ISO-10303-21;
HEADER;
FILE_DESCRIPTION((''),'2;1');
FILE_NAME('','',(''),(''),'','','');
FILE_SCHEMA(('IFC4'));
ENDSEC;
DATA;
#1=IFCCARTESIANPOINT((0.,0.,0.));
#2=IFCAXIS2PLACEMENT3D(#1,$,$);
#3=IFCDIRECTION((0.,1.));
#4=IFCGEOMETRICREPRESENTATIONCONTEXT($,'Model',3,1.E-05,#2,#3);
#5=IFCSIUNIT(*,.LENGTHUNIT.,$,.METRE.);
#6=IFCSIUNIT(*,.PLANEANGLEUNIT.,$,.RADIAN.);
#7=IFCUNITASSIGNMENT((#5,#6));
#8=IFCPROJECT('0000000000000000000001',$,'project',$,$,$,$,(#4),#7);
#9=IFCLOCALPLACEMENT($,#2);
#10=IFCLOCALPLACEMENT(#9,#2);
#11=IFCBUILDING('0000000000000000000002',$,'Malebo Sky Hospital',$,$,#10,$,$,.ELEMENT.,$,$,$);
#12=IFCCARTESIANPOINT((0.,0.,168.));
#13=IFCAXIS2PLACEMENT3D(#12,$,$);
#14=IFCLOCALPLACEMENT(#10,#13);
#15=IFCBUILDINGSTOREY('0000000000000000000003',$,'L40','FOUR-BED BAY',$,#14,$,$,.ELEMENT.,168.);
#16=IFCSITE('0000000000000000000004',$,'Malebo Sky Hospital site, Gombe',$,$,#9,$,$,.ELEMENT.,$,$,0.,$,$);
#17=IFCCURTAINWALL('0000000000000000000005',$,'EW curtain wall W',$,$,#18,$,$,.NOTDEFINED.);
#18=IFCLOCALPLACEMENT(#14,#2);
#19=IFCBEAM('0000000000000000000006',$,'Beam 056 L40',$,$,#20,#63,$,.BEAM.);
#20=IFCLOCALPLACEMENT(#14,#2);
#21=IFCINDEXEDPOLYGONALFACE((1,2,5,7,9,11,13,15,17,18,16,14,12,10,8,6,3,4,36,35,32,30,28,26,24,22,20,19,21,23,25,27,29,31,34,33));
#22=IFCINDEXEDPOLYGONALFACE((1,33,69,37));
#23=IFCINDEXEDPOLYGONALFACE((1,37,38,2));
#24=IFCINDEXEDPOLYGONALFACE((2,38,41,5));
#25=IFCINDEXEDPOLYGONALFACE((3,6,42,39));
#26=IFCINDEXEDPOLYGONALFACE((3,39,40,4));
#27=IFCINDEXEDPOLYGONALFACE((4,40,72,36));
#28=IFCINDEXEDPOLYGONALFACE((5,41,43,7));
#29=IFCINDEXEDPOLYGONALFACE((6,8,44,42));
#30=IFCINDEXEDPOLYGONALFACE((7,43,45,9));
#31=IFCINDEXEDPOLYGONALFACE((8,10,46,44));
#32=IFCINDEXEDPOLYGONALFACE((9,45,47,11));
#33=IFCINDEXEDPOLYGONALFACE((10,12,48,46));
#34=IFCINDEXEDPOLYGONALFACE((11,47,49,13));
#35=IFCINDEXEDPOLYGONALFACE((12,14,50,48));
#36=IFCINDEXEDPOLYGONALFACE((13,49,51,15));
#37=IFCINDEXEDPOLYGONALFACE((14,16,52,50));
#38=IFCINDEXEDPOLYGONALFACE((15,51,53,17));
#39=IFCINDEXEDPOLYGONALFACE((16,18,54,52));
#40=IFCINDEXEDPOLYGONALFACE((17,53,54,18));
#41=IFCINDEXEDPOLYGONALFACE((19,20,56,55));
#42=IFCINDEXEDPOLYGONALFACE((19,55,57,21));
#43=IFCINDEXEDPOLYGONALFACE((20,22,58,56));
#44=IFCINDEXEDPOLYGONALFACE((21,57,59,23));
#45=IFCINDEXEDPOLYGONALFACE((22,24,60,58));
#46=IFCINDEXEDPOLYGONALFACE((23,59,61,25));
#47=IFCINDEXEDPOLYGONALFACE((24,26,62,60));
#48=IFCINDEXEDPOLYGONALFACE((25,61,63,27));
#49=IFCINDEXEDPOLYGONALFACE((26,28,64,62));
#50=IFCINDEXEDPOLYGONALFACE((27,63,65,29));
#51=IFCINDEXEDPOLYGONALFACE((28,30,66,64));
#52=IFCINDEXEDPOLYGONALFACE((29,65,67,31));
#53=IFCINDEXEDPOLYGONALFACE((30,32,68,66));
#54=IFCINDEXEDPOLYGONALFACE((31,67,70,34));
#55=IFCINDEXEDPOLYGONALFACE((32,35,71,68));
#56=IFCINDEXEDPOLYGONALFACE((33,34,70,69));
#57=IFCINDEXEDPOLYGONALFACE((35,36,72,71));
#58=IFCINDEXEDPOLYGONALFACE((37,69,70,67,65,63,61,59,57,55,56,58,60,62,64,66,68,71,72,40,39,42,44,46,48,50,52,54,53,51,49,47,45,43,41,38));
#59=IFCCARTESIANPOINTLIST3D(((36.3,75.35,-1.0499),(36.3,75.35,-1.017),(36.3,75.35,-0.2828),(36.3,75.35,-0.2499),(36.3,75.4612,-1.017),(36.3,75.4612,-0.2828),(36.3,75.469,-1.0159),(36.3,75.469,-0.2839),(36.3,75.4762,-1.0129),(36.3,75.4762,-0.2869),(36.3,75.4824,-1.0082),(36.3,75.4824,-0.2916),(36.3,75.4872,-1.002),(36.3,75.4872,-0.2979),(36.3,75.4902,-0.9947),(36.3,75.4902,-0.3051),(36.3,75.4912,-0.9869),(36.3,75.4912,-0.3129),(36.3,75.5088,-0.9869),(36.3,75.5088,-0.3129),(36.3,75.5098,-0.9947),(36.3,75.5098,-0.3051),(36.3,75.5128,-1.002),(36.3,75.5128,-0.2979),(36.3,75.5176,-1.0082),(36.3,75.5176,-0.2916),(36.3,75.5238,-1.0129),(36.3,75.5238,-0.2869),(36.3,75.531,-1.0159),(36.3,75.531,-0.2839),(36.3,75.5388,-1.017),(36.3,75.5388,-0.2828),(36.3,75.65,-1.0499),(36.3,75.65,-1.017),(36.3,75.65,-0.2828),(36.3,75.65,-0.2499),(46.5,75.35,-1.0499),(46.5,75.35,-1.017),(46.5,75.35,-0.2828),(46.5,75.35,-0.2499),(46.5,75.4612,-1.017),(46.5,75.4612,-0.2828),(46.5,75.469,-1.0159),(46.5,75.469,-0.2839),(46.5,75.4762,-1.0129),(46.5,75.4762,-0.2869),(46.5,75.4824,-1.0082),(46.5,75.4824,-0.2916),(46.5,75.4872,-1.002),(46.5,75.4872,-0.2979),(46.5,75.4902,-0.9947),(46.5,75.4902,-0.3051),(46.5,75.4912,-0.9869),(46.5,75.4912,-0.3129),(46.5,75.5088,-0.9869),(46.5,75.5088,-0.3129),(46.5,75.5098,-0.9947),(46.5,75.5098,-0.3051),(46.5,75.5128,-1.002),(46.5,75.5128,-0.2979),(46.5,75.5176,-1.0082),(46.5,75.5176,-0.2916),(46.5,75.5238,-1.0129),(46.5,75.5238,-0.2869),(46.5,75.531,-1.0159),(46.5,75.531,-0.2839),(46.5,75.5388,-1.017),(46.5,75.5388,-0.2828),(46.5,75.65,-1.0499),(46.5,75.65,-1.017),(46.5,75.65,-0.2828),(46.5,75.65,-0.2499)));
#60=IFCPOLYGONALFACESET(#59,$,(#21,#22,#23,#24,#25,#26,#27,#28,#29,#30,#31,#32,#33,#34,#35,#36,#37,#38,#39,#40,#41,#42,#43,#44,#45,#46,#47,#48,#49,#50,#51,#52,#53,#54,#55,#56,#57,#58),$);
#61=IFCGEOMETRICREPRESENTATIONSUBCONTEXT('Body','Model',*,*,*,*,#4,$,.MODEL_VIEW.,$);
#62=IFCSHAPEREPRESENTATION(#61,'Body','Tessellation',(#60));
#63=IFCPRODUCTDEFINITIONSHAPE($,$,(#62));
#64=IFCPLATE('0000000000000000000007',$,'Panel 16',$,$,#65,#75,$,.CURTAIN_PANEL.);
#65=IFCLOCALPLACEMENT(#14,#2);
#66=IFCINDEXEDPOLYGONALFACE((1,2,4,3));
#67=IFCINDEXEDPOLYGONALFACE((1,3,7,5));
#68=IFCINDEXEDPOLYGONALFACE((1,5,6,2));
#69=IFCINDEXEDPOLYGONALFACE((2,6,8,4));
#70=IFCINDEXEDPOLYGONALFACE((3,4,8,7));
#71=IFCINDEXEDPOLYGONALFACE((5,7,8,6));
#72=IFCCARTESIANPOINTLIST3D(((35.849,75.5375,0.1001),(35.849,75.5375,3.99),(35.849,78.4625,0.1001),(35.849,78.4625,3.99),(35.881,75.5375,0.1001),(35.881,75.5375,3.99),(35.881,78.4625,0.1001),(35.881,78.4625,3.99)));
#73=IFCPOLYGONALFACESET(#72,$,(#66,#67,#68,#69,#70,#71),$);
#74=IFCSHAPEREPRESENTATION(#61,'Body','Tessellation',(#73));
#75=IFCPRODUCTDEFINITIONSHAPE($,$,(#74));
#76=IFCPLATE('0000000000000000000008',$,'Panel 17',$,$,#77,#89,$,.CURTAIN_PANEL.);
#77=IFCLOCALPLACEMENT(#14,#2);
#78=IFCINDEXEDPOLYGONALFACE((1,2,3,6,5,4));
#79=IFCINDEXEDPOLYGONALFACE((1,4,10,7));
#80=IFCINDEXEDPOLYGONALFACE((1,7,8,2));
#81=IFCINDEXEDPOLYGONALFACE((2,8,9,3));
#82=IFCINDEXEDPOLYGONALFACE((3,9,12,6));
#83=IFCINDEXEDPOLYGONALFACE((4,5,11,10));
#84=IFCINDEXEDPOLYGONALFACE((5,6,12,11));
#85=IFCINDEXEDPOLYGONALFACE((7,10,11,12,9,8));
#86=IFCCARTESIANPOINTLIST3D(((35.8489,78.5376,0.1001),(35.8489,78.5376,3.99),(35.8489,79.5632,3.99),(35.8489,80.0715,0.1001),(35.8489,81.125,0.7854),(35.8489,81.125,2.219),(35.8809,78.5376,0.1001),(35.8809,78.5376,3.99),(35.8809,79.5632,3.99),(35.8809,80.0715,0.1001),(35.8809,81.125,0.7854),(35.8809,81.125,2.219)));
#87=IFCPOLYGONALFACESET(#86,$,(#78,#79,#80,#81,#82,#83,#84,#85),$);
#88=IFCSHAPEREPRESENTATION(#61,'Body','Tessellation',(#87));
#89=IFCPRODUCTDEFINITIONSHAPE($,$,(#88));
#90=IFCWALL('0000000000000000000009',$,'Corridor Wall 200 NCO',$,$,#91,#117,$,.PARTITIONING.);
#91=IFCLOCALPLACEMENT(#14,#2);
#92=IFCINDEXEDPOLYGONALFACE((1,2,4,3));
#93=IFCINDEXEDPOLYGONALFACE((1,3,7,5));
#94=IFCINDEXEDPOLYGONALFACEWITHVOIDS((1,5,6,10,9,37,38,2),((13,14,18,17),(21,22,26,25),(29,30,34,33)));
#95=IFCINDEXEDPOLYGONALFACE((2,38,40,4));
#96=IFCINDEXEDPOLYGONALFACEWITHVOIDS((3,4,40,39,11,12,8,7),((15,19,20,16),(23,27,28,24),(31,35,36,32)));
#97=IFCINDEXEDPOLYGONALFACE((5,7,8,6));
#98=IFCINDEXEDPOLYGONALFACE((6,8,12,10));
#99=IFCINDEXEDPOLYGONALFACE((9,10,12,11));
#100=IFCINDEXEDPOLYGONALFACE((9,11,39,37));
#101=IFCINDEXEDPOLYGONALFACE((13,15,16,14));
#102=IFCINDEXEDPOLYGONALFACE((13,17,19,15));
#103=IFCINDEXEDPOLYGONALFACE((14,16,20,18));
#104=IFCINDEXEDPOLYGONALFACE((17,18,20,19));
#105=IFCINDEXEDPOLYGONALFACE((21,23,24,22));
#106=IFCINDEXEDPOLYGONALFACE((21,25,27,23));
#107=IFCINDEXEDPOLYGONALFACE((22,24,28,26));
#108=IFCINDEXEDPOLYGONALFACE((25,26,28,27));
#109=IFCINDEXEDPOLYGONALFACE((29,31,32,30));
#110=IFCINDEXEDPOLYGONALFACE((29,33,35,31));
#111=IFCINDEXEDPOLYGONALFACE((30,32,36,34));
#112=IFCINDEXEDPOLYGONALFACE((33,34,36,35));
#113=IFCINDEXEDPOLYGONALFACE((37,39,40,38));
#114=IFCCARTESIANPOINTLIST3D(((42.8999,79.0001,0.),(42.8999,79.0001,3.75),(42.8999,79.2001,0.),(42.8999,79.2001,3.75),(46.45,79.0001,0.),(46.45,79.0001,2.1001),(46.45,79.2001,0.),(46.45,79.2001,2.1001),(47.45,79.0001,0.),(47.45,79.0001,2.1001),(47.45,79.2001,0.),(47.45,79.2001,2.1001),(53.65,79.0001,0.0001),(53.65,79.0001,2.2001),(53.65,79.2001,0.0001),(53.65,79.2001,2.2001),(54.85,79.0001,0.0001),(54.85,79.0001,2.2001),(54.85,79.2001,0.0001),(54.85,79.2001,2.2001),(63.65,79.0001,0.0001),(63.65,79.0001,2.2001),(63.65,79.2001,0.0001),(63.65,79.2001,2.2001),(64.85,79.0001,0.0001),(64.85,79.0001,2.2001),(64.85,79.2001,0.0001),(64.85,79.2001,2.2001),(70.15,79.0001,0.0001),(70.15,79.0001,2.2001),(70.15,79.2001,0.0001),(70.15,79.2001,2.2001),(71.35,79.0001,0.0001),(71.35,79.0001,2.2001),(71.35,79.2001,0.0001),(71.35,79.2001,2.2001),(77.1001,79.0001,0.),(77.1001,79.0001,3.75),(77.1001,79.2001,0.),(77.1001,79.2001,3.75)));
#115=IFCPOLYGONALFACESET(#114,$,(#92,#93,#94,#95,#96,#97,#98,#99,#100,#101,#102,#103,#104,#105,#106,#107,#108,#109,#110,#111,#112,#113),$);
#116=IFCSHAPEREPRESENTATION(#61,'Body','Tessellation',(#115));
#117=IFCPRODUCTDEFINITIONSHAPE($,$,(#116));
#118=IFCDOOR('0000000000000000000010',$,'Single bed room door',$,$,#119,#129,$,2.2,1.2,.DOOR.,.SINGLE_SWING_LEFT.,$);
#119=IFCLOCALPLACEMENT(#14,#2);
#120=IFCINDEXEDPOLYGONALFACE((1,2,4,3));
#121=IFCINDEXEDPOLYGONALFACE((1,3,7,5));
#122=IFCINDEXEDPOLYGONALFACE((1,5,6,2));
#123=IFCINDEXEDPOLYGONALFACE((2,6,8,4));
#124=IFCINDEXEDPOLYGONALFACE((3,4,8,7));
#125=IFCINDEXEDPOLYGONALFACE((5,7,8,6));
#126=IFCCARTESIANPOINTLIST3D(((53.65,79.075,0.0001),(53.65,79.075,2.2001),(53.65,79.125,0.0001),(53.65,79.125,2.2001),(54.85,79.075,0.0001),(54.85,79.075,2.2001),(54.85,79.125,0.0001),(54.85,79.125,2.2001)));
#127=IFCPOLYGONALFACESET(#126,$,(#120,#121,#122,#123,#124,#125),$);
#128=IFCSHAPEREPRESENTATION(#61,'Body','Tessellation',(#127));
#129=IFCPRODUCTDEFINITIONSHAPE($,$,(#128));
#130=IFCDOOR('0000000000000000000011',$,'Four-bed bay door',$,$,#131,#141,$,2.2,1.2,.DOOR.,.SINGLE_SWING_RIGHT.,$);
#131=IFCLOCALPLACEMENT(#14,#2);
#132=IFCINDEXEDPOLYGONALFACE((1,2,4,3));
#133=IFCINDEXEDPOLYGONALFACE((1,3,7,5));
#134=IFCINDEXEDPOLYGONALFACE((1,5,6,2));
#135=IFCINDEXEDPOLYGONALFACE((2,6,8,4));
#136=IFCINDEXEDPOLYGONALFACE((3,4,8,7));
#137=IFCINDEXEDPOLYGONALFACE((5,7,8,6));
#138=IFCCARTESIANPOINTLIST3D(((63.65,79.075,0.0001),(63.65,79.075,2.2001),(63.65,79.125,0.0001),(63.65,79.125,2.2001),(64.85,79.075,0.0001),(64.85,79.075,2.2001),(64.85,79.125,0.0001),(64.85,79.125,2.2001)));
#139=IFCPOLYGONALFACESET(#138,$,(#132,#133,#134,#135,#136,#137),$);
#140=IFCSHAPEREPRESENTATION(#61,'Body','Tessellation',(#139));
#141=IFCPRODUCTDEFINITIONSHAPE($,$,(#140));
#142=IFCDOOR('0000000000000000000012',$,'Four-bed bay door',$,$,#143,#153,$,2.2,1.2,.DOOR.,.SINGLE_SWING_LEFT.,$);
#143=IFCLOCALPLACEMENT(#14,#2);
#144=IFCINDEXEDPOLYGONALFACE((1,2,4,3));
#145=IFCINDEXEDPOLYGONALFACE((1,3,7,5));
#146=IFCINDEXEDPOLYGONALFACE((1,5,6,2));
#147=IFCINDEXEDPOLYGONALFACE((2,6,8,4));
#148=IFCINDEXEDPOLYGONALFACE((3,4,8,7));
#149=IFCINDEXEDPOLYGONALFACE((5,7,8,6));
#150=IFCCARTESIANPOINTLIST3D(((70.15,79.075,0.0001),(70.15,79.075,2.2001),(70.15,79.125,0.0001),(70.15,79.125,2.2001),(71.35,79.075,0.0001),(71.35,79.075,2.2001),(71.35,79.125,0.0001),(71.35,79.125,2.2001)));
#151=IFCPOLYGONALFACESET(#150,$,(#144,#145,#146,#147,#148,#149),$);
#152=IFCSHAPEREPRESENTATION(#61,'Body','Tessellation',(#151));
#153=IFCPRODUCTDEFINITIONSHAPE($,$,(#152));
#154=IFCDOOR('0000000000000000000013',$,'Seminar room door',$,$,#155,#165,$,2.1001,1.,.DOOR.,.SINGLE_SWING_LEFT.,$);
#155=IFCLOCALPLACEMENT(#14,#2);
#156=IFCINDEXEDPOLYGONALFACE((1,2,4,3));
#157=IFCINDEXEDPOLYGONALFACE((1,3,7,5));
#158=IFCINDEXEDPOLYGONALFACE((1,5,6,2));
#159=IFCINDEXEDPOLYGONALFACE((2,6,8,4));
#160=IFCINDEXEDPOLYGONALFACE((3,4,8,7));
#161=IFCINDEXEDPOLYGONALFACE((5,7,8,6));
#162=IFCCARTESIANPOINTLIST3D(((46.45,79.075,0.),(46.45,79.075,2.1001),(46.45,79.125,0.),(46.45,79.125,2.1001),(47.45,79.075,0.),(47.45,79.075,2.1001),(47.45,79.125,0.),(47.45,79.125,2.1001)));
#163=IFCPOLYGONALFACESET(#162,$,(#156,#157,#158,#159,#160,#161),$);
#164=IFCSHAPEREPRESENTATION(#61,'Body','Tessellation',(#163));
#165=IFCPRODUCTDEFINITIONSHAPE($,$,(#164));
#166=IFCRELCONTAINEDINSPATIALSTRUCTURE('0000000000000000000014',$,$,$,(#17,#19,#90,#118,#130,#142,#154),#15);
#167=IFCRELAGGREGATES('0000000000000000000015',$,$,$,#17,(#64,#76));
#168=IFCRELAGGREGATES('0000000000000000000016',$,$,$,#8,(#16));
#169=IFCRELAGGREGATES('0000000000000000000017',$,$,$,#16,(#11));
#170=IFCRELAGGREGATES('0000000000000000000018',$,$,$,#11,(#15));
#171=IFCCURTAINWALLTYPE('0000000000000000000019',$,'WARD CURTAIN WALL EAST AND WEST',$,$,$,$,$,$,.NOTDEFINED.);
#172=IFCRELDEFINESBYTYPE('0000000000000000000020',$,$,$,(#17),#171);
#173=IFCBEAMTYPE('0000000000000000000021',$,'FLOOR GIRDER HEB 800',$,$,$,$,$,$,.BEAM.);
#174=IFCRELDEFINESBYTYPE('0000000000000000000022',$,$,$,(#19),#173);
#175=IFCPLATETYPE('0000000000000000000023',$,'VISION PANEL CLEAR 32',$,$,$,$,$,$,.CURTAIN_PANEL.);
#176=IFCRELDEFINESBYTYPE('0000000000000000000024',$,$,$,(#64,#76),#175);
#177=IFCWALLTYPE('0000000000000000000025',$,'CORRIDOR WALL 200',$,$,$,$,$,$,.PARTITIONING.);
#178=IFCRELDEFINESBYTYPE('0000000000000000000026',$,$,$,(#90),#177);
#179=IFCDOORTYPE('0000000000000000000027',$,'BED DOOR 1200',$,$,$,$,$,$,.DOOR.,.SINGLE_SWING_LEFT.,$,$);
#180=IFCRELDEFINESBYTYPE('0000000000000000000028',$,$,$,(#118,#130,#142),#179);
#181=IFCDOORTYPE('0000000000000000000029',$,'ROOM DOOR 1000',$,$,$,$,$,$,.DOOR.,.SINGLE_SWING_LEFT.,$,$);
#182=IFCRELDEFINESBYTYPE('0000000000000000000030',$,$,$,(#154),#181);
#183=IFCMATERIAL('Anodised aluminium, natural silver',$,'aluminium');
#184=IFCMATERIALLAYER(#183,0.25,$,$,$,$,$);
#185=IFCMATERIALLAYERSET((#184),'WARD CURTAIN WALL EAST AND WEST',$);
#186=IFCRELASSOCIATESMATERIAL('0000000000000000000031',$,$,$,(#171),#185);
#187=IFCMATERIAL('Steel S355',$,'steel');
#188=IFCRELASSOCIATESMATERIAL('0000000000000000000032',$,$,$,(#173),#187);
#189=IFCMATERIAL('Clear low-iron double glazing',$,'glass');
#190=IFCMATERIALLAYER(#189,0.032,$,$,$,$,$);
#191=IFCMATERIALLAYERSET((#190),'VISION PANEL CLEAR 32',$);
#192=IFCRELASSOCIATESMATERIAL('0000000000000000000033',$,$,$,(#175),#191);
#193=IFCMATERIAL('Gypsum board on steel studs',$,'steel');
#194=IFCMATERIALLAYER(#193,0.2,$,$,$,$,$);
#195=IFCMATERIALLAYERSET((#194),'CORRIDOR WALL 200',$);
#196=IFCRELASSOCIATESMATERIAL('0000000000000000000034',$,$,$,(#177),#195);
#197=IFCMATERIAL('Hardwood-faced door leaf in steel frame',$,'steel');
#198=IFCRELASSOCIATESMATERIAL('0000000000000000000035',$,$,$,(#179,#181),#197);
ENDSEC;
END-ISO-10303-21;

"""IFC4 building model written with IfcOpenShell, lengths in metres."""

from ifc_helpers import new_model, si_unit, direction, frame, frame_2d, origin, origin_2d, place, context, subcontext, project, spatial, polyline, rectangle, i_section, outline, extrude, material, layer, layer_set, material_profile, profile_set, type_object, element, fill, aggregate, save


model = new_model("IFC4")

# Units and contexts
model_context = context("Model", 3, precision=1e-05, world=origin(), true_north=direction((0.0, 1.0)))
body_context = subcontext(model_context, "Body", "Model", "MODEL_VIEW")
ifc_project = project(units=[si_unit("LENGTHUNIT", "METRE"), si_unit("PLANEANGLEUNIT", "RADIAN")], contexts=[model_context])

# Site, building, storey
site_placement = place(None, origin())
site = spatial("IfcSite", under=ifc_project, at=site_placement, Name="Malebo Sky Hospital site, Gombe", CompositionType="ELEMENT", RefElevation=0.0)
building_placement = place(site_placement, origin())
building = spatial("IfcBuilding", under=site, at=building_placement, Name="Malebo Sky Hospital", CompositionType="ELEMENT")
storey_placement = place(building_placement, frame((0.0, 0.0, 168.0)))
storey = spatial("IfcBuildingStorey", under=building, at=storey_placement, Name="L40", Description="FOUR-BED BAY", CompositionType="ELEMENT", Elevation=168.0)

# Curtain wall
ifc_material_1 = material(Name="Anodised aluminium, natural silver", Category="aluminium")
ifc_layer_1 = layer(ifc_material_1, 0.25)
ifc_layer_set_1 = layer_set([ifc_layer_1], Name="WARD CURTAIN WALL EAST AND WEST")
curtain_wall_type = type_object("IfcCurtainWallType", Name="WARD CURTAIN WALL EAST AND WEST", PredefinedType="NOTDEFINED", material=ifc_layer_set_1)
curtain_wall_placement = place(storey_placement, origin())
curtain_wall = element("IfcCurtainWall", 1, at=curtain_wall_placement, inside=storey, type_object=curtain_wall_type, Name="EW curtain wall W", PredefinedType="NOTDEFINED")

# Shared definitions
ifc_material_2 = material(Name="Steel S355", Category="steel")

# Beam
ifc_material_profile_1 = material_profile(ifc_material_2, i_section(OverallWidth=0.3, OverallDepth=0.8, WebThickness=0.0176, FlangeThickness=0.033, FilletRadius=0.03, at=origin_2d()), Name="HEB 800")
ifc_profile_set_1 = profile_set([ifc_material_profile_1], Name="Steel S355")
beam_type_1 = type_object("IfcBeamType", Name="FLOOR GIRDER HEB 800", PredefinedType="BEAM", material=ifc_profile_set_1)
beam_1_placement = place(storey_placement, frame((36.3, 75.5, -0.6499), z_axis=(1.0, 0.0, 0.0), x_axis=(0.0, 1.0, 0.0)))
element("IfcBeam", 2, at=beam_1_placement, inside=storey, type_object=beam_type_1, Name="Beam 056 L40", PredefinedType="BEAM", context=body_context, shape_type="SweptSolid", body=[
    extrude(i_section(OverallWidth=0.3, OverallDepth=0.8, WebThickness=0.0176, FlangeThickness=0.033, FilletRadius=0.03, at=origin_2d()), origin(), (0.0, 0.0, 1.0), 10.2),
])

# Plates
ifc_material_3 = material(Name="Clear low-iron double glazing", Category="glass")
ifc_layer_2 = layer(ifc_material_3, 0.032)
ifc_layer_set_2 = layer_set([ifc_layer_2], Name="VISION PANEL CLEAR 32")
plate_type = type_object("IfcPlateType", Name="VISION PANEL CLEAR 32", PredefinedType="CURTAIN_PANEL", material=ifc_layer_set_2)
plate_1_placement = place(storey_placement, frame((35.865, 77.0, 0.1001), z_axis=(0.0, 0.0, 1.0), x_axis=(0.0, 1.0, 0.0)))
plate_1 = element("IfcPlate", 3, at=plate_1_placement, type_object=plate_type, Name="Panel 16", PredefinedType="CURTAIN_PANEL", context=body_context, shape_type="SweptSolid", body=[
    extrude(rectangle(XDim=2.925, YDim=0.032, at=origin_2d()), origin(), (0.0, 0.0, 1.0), 3.8899),
])
plate_2_placement = place(storey_placement, frame((35.865, 79.8313, 0.1001), z_axis=(0.0, 0.0, 1.0), x_axis=(0.0, 1.0, 0.0)))
plate_2 = element("IfcPlate", 4, at=plate_2_placement, type_object=plate_type, Name="Panel 17", PredefinedType="CURTAIN_PANEL", context=body_context, shape_type="SweptSolid", body=[
    extrude(outline(polyline([(-1.2937, 0.0), (0.2402, 0.0), (1.2937, 0.6853), (1.2937, 2.1189), (-0.2681, 3.8899), (-1.2937, 3.8899), (-1.2937, 0.0)])), frame((0.0, 0.0161, 0.0), z_axis=(0.0, -1.0, 0.0), x_axis=(1.0, 0.0, 0.0)), (0.0, 0.0, 1.0), 0.032),
])
aggregate(curtain_wall, [plate_1, plate_2])

# Wall, openings, doors
ifc_material_4 = material(Name="Gypsum board on steel studs", Category="steel")
ifc_layer_3 = layer(ifc_material_4, 0.2)
ifc_layer_set_3 = layer_set([ifc_layer_3], Name="CORRIDOR WALL 200")
wall_type_1 = type_object("IfcWallType", Name="CORRIDOR WALL 200", PredefinedType="PARTITIONING", material=ifc_layer_set_3)
wall_1_placement = place(storey_placement, frame((42.8999, 79.1001, 0.0), z_axis=(0.0, 0.0, 1.0), x_axis=(1.0, 0.0, 0.0)))
wall_1 = element("IfcWall", 5, at=wall_1_placement, inside=storey, type_object=wall_type_1, Name="Corridor Wall 200 NCO", PredefinedType="PARTITIONING", context=body_context, shape_type="SweptSolid", body=[
    extrude(rectangle(XDim=34.2002, YDim=0.2, at=frame_2d((17.1001, 0.0))), origin(), (0.0, 0.0, 1.0), 3.75),
])
opening_1_placement = place(wall_1_placement, frame((3.55, 0.0, 0.0)))
opening_1 = element("IfcOpeningElement", 6, at=opening_1_placement, cuts=wall_1, PredefinedType="OPENING", context=body_context, shape_type="SweptSolid", body=[
    extrude(rectangle(XDim=1.0, YDim=2.1001, at=frame_2d((0.5, 1.05))), frame((0.0, 0.1099, 0.0), z_axis=(0.0, -1.0, 0.0), x_axis=(1.0, 0.0, 0.0)), (0.0, 0.0, 1.0), 0.22),
])
opening_2_placement = place(wall_1_placement, frame((10.75, 0.0, 0.0)))
opening_2 = element("IfcOpeningElement", 7, at=opening_2_placement, cuts=wall_1, PredefinedType="OPENING", context=body_context, shape_type="SweptSolid", body=[
    extrude(rectangle(XDim=1.2, YDim=2.2, at=frame_2d((0.6001, 1.1001))), frame((0.0, 0.1099, 0.0), z_axis=(0.0, -1.0, 0.0), x_axis=(1.0, 0.0, 0.0)), (0.0, 0.0, 1.0), 0.22),
])
opening_3_placement = place(wall_1_placement, frame((20.75, 0.0, 0.0)))
opening_3 = element("IfcOpeningElement", 8, at=opening_3_placement, cuts=wall_1, PredefinedType="OPENING", context=body_context, shape_type="SweptSolid", body=[
    extrude(rectangle(XDim=1.2, YDim=2.2, at=frame_2d((0.6001, 1.1001))), frame((0.0, 0.1099, 0.0), z_axis=(0.0, -1.0, 0.0), x_axis=(1.0, 0.0, 0.0)), (0.0, 0.0, 1.0), 0.22),
])
opening_4_placement = place(wall_1_placement, frame((27.25, 0.0, 0.0)))
opening_4 = element("IfcOpeningElement", 9, at=opening_4_placement, cuts=wall_1, PredefinedType="OPENING", context=body_context, shape_type="SweptSolid", body=[
    extrude(rectangle(XDim=1.2, YDim=2.2, at=frame_2d((0.6001, 1.1001))), frame((0.0, 0.1099, 0.0), z_axis=(0.0, -1.0, 0.0), x_axis=(1.0, 0.0, 0.0)), (0.0, 0.0, 1.0), 0.22),
])
ifc_material_5 = material(Name="Hardwood-faced door leaf in steel frame", Category="steel")
door_type_1 = type_object("IfcDoorType", Name="BED DOOR 1200", OperationType="SINGLE_SWING_LEFT", PredefinedType="DOOR", material=ifc_material_5)
door_1_placement = place(opening_2_placement, origin())
door_1 = element("IfcDoor", 10, at=door_1_placement, inside=storey, type_object=door_type_1, Name="Single bed room door", OperationType="SINGLE_SWING_LEFT", OverallHeight=2.2, OverallWidth=1.2, PredefinedType="DOOR", context=body_context, shape_type="SweptSolid", body=[
    extrude(rectangle(XDim=1.2, YDim=2.2, at=frame_2d((0.6001, 1.1001))), frame((0.0, 0.0249, 0.0), z_axis=(0.0, -1.0, 0.0), x_axis=(1.0, 0.0, 0.0)), (0.0, 0.0, 1.0), 0.05),
])
fill(opening_2, door_1)
door_2_placement = place(opening_3_placement, origin())
door_2 = element("IfcDoor", 11, at=door_2_placement, inside=storey, type_object=door_type_1, Name="Four-bed bay door", OperationType="SINGLE_SWING_RIGHT", OverallHeight=2.2, OverallWidth=1.2, PredefinedType="DOOR", context=body_context, shape_type="SweptSolid", body=[
    extrude(rectangle(XDim=1.2, YDim=2.2, at=frame_2d((0.6001, 1.1001))), frame((0.0, 0.0249, 0.0), z_axis=(0.0, -1.0, 0.0), x_axis=(1.0, 0.0, 0.0)), (0.0, 0.0, 1.0), 0.05),
])
fill(opening_3, door_2)
door_3_placement = place(opening_4_placement, origin())
door_3 = element("IfcDoor", 12, at=door_3_placement, inside=storey, type_object=door_type_1, Name="Four-bed bay door", OperationType="SINGLE_SWING_LEFT", OverallHeight=2.2, OverallWidth=1.2, PredefinedType="DOOR", context=body_context, shape_type="SweptSolid", body=[
    extrude(rectangle(XDim=1.2, YDim=2.2, at=frame_2d((0.6001, 1.1001))), frame((0.0, 0.0249, 0.0), z_axis=(0.0, -1.0, 0.0), x_axis=(1.0, 0.0, 0.0)), (0.0, 0.0, 1.0), 0.05),
])
fill(opening_4, door_3)
door_type_2 = type_object("IfcDoorType", Name="ROOM DOOR 1000", OperationType="SINGLE_SWING_LEFT", PredefinedType="DOOR", material=ifc_material_5)
door_4_placement = place(opening_1_placement, origin())
door_4 = element("IfcDoor", 13, at=door_4_placement, inside=storey, type_object=door_type_2, Name="Seminar room door", OperationType="SINGLE_SWING_LEFT", OverallHeight=2.1001, OverallWidth=1.0, PredefinedType="DOOR", context=body_context, shape_type="SweptSolid", body=[
    extrude(rectangle(XDim=1.0, YDim=2.1001, at=frame_2d((0.5, 1.05))), frame((0.0, 0.0249, 0.0), z_axis=(0.0, -1.0, 0.0), x_axis=(1.0, 0.0, 0.0)), (0.0, 0.0, 1.0), 0.05),
])
fill(opening_1, door_4)

save(model, "model.ifc")
